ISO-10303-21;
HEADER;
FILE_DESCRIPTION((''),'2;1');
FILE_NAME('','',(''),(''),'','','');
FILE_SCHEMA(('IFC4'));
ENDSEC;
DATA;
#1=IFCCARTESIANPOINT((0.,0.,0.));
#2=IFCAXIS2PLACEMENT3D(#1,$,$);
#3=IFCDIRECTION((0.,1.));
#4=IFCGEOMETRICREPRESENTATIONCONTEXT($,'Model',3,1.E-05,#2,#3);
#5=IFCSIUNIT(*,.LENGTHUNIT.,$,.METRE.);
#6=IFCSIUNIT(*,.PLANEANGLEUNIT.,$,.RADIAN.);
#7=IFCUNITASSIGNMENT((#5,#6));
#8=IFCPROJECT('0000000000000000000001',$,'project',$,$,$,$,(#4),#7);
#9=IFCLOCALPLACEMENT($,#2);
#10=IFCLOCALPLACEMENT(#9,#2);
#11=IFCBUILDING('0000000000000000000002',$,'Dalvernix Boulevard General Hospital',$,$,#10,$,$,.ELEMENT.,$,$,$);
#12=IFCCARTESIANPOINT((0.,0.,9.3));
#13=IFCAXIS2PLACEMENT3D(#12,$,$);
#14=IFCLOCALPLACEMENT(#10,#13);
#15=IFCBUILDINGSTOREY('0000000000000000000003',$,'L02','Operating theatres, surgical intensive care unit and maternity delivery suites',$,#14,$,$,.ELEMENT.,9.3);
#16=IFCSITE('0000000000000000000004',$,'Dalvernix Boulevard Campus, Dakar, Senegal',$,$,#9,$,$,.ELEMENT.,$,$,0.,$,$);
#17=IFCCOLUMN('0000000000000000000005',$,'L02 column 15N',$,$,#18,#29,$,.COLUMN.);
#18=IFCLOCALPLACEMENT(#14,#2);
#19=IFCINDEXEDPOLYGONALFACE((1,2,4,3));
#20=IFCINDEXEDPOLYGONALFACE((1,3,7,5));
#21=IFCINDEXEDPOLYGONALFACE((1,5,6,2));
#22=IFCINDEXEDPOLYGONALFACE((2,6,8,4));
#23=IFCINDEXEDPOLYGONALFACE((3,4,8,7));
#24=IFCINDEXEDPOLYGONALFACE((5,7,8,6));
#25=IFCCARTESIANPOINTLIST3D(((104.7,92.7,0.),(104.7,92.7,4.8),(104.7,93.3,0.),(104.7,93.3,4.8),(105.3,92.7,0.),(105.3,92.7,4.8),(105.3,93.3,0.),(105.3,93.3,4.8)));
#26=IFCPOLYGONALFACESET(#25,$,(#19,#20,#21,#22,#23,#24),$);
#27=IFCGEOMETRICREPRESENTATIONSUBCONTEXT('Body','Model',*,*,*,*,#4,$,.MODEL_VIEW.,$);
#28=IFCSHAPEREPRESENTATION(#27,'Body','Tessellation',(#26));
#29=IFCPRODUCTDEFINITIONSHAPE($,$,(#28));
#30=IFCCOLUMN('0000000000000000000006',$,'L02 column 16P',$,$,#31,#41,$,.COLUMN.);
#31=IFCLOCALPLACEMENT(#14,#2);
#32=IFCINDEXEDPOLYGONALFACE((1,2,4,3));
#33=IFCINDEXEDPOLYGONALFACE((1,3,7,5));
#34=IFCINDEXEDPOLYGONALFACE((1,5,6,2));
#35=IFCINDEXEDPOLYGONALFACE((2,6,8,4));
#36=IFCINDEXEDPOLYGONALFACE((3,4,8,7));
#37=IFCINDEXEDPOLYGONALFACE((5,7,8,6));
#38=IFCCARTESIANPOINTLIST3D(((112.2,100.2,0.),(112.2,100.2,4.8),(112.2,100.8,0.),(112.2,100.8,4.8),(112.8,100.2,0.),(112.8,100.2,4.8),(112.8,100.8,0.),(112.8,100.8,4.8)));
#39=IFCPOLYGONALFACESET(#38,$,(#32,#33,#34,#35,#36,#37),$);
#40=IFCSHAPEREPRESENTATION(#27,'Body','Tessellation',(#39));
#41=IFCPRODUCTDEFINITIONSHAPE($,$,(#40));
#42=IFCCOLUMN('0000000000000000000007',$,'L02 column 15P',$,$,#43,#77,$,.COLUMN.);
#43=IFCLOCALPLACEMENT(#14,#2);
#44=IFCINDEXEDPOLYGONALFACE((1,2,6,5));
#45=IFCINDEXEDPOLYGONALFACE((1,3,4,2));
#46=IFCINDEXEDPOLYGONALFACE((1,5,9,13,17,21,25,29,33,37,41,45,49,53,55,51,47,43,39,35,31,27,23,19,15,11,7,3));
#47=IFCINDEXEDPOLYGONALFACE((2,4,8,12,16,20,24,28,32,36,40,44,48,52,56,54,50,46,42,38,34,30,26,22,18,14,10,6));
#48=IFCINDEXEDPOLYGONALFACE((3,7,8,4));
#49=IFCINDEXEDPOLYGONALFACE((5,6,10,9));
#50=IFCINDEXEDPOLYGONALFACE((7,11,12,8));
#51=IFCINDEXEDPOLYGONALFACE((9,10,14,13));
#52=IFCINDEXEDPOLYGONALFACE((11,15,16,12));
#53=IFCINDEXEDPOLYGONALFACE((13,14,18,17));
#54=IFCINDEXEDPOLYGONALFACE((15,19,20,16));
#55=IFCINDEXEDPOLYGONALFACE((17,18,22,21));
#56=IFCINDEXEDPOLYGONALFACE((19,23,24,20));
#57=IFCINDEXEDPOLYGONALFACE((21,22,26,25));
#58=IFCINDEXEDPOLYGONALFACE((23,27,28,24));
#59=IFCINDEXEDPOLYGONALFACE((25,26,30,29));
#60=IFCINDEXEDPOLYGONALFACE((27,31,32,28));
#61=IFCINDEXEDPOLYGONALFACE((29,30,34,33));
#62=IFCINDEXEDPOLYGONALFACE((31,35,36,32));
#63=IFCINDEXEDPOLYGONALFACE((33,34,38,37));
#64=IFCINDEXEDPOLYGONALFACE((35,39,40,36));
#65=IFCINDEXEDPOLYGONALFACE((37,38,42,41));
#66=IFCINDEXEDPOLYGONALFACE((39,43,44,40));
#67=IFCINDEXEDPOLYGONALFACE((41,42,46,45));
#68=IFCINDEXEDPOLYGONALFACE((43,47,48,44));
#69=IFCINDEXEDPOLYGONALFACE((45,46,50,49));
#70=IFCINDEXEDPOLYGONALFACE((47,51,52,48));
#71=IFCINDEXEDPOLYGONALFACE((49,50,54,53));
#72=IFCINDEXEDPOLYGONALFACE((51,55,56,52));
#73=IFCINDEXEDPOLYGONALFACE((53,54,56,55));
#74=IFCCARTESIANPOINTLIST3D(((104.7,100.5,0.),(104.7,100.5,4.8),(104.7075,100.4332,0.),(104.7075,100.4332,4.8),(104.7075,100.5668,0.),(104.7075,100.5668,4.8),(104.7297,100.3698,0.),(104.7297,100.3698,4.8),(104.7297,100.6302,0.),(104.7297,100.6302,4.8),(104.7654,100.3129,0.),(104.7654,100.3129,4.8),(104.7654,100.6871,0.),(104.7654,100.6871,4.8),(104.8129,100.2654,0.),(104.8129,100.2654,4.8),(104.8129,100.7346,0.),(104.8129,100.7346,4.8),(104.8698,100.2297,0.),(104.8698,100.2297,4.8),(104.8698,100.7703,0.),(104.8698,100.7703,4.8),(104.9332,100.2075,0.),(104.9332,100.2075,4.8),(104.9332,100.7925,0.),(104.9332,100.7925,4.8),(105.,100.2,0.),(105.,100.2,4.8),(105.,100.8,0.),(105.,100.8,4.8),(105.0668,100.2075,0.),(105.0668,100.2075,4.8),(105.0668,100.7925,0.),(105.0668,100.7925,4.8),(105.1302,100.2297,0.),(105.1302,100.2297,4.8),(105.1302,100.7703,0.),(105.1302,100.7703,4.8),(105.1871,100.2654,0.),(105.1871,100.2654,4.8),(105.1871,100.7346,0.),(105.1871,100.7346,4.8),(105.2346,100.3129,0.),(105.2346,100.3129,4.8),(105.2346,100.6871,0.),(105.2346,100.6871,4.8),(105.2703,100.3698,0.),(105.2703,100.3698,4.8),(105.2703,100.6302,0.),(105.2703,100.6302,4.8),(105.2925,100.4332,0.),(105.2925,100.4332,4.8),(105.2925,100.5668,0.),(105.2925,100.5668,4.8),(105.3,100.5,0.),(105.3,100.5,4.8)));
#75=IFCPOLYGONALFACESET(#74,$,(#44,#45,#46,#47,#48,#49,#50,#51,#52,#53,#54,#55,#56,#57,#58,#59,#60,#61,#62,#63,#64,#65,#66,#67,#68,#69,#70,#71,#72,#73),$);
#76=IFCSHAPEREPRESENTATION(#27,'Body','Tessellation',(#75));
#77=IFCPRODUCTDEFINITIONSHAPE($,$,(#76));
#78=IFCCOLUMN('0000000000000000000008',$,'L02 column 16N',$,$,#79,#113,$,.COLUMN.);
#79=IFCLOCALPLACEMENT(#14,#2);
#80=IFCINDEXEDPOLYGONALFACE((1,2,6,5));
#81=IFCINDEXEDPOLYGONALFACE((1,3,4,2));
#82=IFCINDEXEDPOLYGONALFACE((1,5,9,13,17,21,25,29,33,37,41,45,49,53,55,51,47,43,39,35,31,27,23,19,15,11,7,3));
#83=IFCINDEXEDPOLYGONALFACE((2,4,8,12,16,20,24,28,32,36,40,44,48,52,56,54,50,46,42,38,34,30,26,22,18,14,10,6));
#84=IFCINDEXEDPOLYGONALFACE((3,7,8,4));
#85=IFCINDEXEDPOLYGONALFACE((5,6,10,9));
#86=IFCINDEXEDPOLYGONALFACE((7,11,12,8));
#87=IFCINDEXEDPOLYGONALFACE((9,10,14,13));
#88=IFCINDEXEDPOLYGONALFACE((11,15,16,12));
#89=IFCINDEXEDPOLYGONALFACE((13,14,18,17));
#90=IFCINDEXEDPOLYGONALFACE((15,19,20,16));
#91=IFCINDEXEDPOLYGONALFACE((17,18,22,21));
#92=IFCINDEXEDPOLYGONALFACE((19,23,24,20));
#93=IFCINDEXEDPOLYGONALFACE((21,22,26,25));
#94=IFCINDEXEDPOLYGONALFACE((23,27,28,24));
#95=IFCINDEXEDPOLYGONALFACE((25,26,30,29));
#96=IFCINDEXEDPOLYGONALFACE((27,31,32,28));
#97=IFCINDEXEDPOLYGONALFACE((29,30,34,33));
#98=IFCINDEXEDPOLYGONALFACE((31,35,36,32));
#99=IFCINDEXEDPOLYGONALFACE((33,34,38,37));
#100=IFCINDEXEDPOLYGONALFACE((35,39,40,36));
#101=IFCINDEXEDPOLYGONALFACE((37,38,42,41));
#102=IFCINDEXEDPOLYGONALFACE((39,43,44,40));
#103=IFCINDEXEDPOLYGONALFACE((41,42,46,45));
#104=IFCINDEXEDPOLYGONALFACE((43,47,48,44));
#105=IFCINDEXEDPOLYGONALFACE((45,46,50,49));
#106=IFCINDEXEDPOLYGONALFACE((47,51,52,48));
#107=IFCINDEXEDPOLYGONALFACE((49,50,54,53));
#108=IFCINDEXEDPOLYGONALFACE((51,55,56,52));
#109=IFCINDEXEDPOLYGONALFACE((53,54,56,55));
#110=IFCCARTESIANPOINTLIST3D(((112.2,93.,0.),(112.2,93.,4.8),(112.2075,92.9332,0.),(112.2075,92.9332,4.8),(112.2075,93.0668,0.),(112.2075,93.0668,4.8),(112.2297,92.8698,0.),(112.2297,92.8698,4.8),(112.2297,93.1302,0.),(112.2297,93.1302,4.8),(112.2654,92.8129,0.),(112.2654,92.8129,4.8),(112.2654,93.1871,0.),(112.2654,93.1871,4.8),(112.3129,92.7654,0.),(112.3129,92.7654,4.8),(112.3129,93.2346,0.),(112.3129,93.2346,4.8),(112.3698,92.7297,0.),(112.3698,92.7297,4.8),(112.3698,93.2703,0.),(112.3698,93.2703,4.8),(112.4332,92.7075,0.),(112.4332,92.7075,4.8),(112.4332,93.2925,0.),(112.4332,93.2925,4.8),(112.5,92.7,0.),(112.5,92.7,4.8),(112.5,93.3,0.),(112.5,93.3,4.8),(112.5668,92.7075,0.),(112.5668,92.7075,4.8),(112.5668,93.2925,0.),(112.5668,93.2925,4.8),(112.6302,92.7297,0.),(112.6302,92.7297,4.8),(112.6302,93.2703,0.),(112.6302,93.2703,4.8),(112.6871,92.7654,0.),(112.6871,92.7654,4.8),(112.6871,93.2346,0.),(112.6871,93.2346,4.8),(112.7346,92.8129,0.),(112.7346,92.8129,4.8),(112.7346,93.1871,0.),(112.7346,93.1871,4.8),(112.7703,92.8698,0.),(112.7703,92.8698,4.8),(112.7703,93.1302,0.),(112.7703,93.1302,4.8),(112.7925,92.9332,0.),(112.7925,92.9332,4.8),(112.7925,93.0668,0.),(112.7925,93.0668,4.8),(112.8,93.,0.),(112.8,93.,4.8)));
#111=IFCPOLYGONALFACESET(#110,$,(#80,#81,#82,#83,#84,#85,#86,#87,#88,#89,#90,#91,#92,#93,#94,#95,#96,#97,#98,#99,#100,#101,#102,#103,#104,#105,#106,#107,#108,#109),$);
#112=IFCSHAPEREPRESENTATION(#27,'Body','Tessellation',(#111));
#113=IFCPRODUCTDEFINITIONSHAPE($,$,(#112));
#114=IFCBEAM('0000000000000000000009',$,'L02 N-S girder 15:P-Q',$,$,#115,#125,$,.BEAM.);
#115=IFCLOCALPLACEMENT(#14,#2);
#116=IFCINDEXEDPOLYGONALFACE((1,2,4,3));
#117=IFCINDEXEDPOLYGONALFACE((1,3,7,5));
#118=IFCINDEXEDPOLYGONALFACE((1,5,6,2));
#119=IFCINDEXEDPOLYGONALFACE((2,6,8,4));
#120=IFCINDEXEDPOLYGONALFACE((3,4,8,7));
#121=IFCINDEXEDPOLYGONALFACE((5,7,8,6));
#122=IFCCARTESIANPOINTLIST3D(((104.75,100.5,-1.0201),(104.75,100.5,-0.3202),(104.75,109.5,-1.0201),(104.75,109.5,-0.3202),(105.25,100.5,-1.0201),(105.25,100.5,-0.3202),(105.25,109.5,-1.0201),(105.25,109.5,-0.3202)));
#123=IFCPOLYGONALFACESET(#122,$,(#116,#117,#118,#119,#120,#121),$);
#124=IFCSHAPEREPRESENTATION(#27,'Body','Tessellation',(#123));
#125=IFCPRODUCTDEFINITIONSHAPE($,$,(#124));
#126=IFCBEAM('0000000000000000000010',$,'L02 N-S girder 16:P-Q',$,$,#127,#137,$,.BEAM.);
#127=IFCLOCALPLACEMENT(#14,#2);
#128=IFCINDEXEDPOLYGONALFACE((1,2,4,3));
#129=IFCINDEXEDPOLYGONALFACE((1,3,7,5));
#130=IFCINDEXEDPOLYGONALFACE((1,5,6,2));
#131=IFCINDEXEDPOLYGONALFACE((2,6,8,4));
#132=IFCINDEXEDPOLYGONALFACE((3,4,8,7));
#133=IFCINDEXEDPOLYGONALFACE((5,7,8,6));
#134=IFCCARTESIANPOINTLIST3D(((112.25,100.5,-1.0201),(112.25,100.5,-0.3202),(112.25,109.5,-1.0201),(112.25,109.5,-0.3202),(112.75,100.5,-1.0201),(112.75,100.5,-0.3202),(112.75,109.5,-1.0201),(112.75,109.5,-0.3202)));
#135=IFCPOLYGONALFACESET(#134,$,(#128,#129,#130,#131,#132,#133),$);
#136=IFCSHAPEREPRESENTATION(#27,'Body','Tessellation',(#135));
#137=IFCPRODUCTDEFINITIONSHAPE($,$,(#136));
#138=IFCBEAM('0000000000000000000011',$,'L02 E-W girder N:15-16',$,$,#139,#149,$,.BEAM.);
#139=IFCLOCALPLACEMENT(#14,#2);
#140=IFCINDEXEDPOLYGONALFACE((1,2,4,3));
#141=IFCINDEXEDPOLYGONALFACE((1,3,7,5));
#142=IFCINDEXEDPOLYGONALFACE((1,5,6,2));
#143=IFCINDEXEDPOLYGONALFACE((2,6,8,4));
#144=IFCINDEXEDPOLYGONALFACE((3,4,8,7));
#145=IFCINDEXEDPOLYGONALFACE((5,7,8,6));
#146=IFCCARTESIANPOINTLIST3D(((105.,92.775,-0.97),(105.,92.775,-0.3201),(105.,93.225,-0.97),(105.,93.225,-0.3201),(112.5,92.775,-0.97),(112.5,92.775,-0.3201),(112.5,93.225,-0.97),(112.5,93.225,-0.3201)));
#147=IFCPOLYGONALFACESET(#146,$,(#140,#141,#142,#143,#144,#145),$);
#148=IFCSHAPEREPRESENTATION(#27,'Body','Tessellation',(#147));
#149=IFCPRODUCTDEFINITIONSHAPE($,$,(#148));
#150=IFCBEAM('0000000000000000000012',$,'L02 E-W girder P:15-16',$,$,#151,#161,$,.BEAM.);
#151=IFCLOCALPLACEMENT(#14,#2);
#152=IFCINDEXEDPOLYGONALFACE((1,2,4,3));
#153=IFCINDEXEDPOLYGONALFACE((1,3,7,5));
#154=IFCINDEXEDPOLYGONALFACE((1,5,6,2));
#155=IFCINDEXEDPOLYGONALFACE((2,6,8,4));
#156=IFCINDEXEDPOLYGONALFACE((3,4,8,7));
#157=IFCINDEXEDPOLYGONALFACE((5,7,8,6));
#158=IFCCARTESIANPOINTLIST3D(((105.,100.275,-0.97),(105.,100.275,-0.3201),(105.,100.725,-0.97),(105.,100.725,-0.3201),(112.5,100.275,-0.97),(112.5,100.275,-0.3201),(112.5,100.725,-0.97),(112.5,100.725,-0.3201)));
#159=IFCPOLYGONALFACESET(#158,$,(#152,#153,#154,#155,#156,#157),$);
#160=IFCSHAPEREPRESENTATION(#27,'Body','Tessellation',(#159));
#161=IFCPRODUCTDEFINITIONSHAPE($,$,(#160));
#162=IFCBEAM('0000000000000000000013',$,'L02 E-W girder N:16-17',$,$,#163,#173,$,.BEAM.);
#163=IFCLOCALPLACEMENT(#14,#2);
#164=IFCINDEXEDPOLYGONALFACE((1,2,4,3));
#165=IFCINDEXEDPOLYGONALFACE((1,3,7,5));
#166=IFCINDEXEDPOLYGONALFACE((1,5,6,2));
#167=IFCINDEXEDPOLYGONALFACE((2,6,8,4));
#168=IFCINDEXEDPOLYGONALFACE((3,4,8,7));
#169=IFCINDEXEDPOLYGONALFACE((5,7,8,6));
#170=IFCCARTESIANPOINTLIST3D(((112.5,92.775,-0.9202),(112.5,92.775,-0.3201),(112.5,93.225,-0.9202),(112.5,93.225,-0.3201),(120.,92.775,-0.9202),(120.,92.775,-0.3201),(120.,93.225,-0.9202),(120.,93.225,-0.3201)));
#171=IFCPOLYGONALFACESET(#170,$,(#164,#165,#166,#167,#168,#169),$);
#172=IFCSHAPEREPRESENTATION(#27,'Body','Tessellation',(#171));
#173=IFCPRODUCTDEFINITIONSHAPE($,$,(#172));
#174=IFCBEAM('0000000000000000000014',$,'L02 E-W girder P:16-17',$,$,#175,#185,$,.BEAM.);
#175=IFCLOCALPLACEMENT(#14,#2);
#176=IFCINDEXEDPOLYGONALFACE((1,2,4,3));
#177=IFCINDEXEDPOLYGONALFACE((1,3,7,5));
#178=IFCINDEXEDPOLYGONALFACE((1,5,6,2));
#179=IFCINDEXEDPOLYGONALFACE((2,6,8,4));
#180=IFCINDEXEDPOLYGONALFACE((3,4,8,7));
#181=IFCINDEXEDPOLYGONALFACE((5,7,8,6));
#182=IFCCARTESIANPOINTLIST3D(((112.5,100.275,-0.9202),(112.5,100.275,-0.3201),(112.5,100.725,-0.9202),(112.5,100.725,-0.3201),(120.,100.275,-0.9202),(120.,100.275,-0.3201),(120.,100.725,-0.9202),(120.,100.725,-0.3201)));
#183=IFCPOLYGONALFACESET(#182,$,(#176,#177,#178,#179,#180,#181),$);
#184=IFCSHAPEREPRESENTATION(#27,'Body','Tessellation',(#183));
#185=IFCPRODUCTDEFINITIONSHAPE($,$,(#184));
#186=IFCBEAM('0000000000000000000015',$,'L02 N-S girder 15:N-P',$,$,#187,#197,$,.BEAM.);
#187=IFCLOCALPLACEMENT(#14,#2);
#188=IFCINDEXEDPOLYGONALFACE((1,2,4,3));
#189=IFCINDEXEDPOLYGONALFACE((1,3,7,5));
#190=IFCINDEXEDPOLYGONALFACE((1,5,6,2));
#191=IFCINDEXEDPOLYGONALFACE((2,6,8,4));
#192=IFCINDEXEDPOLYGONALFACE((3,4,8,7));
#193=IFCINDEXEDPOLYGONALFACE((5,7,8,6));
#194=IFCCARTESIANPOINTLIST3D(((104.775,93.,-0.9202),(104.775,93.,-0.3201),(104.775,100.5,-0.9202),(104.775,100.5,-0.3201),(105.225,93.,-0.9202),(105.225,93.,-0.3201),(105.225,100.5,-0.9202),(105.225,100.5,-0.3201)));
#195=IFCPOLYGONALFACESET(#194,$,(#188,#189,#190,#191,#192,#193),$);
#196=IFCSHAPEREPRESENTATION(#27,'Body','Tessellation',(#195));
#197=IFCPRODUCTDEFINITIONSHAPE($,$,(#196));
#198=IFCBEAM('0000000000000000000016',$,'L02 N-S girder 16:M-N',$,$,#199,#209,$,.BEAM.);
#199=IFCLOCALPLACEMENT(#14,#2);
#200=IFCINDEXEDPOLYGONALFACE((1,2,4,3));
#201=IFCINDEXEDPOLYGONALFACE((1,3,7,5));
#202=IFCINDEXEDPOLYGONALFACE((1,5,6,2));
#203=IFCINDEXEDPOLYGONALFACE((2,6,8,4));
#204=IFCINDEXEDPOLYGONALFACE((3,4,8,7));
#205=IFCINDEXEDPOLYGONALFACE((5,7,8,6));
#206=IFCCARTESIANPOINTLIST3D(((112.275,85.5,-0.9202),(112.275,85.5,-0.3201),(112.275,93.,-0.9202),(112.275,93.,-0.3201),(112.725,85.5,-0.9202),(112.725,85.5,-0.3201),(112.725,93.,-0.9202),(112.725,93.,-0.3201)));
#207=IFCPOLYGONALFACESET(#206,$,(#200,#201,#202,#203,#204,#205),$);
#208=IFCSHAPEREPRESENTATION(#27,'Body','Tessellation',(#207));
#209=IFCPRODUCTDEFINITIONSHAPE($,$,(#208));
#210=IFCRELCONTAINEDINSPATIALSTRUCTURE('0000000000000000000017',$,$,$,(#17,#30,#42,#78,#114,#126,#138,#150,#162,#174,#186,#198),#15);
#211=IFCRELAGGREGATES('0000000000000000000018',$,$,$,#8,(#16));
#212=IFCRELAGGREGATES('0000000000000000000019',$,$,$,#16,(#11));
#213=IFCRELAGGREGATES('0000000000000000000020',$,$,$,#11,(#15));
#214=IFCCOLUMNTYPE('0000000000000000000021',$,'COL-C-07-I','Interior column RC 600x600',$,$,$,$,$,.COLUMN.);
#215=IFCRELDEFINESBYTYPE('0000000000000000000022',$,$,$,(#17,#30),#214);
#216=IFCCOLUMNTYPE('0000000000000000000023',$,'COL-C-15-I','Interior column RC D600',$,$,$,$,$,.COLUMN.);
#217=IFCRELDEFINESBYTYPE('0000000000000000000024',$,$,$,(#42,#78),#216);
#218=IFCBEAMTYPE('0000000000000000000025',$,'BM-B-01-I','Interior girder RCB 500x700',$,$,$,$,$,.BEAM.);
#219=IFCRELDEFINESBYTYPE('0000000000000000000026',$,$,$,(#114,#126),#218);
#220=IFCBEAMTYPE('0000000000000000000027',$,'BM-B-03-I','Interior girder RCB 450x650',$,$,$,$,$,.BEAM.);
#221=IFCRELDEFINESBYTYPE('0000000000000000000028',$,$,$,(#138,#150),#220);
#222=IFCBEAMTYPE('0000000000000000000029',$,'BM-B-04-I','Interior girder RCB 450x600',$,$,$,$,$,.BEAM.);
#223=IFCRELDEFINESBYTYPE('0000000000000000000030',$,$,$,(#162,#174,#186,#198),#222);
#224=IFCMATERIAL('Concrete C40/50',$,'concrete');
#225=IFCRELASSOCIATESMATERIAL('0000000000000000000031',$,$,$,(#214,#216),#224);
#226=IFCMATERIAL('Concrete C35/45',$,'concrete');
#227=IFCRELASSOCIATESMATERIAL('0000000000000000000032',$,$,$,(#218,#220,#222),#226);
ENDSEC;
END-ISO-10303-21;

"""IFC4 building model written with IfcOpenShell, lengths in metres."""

from ifc_helpers import new_model, si_unit, direction, frame, origin, origin_2d, place, context, subcontext, project, spatial, rectangle, circle, extrude, material, material_profile, profile_set, type_object, element, save


model = new_model("IFC4")

# Units and contexts
model_context = context("Model", 3, precision=1e-05, world=origin(), true_north=direction((0.0, 1.0)))
body_context = subcontext(model_context, "Body", "Model", "MODEL_VIEW")
ifc_project = project(units=[si_unit("LENGTHUNIT", "METRE"), si_unit("PLANEANGLEUNIT", "RADIAN")], contexts=[model_context])

# Site, building, storey
site_placement = place(None, origin())
site = spatial("IfcSite", under=ifc_project, at=site_placement, Name="Dalvernix Boulevard Campus, Dakar, Senegal", CompositionType="ELEMENT", RefElevation=0.0)
building_placement = place(site_placement, origin())
building = spatial("IfcBuilding", under=site, at=building_placement, Name="Dalvernix Boulevard General Hospital", CompositionType="ELEMENT")
storey_placement = place(building_placement, frame((0.0, 0.0, 9.3)))
storey = spatial("IfcBuildingStorey", under=building, at=storey_placement, Name="L02", Description="Operating theatres, surgical intensive care unit and maternity delivery suites", CompositionType="ELEMENT", Elevation=9.3)

# Columns
ifc_material_1 = material(Name="Concrete C40/50", Category="concrete")
ifc_material_profile_1 = material_profile(ifc_material_1, rectangle(XDim=0.6001, YDim=0.6001, at=origin_2d()), Name="RC 600x600")
ifc_profile_set_1 = profile_set([ifc_material_profile_1], Name="Concrete C40/50")
column_type_1 = type_object("IfcColumnType", Name="COL-C-07-I", Description="Interior column RC 600x600", PredefinedType="COLUMN", material=ifc_profile_set_1)
for number, where, z_axis, x_axis, name in (
    (1, (105.0, 93.0, 0.0), (0.0, 0.0, 1.0), (1.0, 0.0, 0.0), "L02 column 15N"),
    (2, (112.5, 100.5, 0.0), (0.0, 0.0, 1.0), (1.0, 0.0, 0.0), "L02 column 16P"),
):
    element("IfcColumn", number, at=place(storey_placement, frame(where, z_axis=z_axis, x_axis=x_axis)), inside=storey, type_object=column_type_1, Name=name, PredefinedType="COLUMN", context=body_context, shape_type="SweptSolid", body=[
        extrude(rectangle(XDim=0.6001, YDim=0.6001, at=origin_2d()), origin(), (0.0, 0.0, 1.0), 4.8),
    ])
ifc_material_profile_2 = material_profile(ifc_material_1, circle(Radius=0.3, at=origin_2d()), Name="RC D600")
ifc_profile_set_2 = profile_set([ifc_material_profile_2], Name="Concrete C40/50")
column_type_2 = type_object("IfcColumnType", Name="COL-C-15-I", Description="Interior column RC D600", PredefinedType="COLUMN", material=ifc_profile_set_2)
for number, where, z_axis, x_axis, name in (
    (3, (105.0, 100.5, 0.0), (0.0, 0.0, 1.0), (1.0, 0.0, 0.0), "L02 column 15P"),
    (4, (112.5, 93.0, 0.0), (0.0, 0.0, 1.0), (1.0, 0.0, 0.0), "L02 column 16N"),
):
    element("IfcColumn", number, at=place(storey_placement, frame(where, z_axis=z_axis, x_axis=x_axis)), inside=storey, type_object=column_type_2, Name=name, PredefinedType="COLUMN", context=body_context, shape_type="SweptSolid", body=[
        extrude(circle(Radius=0.3, at=origin_2d()), origin(), (0.0, 0.0, 1.0), 4.8),
    ])

# Beams
ifc_material_2 = material(Name="Concrete C35/45", Category="concrete")
ifc_material_profile_3 = material_profile(ifc_material_2, rectangle(XDim=0.5, YDim=0.7, at=origin_2d()), Name="RCB 500x700")
ifc_profile_set_3 = profile_set([ifc_material_profile_3], Name="Concrete C35/45")
beam_type_1 = type_object("IfcBeamType", Name="BM-B-01-I", Description="Interior girder RCB 500x700", PredefinedType="BEAM", material=ifc_profile_set_3)
for number, where, z_axis, x_axis, name in (
    (5, (105.0, 100.5, -0.6702), (0.0, 1.0, 0.0), (-1.0, 0.0, 0.0), "L02 N-S girder 15:P-Q"),
    (6, (112.5, 100.5, -0.6702), (0.0, 1.0, 0.0), (-1.0, 0.0, 0.0), "L02 N-S girder 16:P-Q"),
):
    element("IfcBeam", number, at=place(storey_placement, frame(where, z_axis=z_axis, x_axis=x_axis)), inside=storey, type_object=beam_type_1, Name=name, PredefinedType="BEAM", context=body_context, shape_type="SweptSolid", body=[
        extrude(rectangle(XDim=0.5, YDim=0.7, at=origin_2d()), origin(), (0.0, 0.0, 1.0), 9.0),
    ])
ifc_material_profile_4 = material_profile(ifc_material_2, rectangle(XDim=0.45, YDim=0.6499, at=origin_2d()), Name="RCB 450x650")
ifc_profile_set_4 = profile_set([ifc_material_profile_4], Name="Concrete C35/45")
beam_type_2 = type_object("IfcBeamType", Name="BM-B-03-I", Description="Interior girder RCB 450x650", PredefinedType="BEAM", material=ifc_profile_set_4)
for number, where, z_axis, x_axis, name in (
    (7, (105.0, 93.0, -0.645), (1.0, 0.0, 0.0), (0.0, 1.0, 0.0), "L02 E-W girder N:15-16"),
    (8, (105.0, 100.5, -0.645), (1.0, 0.0, 0.0), (0.0, 1.0, 0.0), "L02 E-W girder P:15-16"),
):
    element("IfcBeam", number, at=place(storey_placement, frame(where, z_axis=z_axis, x_axis=x_axis)), inside=storey, type_object=beam_type_2, Name=name, PredefinedType="BEAM", context=body_context, shape_type="SweptSolid", body=[
        extrude(rectangle(XDim=0.45, YDim=0.6499, at=origin_2d()), origin(), (0.0, 0.0, 1.0), 7.5),
    ])
ifc_material_profile_5 = material_profile(ifc_material_2, rectangle(XDim=0.45, YDim=0.6001, at=origin_2d()), Name="RCB 450x600")
ifc_profile_set_5 = profile_set([ifc_material_profile_5], Name="Concrete C35/45")
beam_type_3 = type_object("IfcBeamType", Name="BM-B-04-I", Description="Interior girder RCB 450x600", PredefinedType="BEAM", material=ifc_profile_set_5)
for number, where, z_axis, x_axis, name in (
    (9, (112.5, 93.0, -0.6201), (1.0, 0.0, 0.0), (0.0, 1.0, 0.0), "L02 E-W girder N:16-17"),
    (10, (112.5, 100.5, -0.6201), (1.0, 0.0, 0.0), (0.0, 1.0, 0.0), "L02 E-W girder P:16-17"),
    (11, (105.0, 93.0, -0.6201), (0.0, 1.0, 0.0), (-1.0, 0.0, 0.0), "L02 N-S girder 15:N-P"),
    (12, (112.5, 85.5, -0.6201), (0.0, 1.0, 0.0), (-1.0, 0.0, 0.0), "L02 N-S girder 16:M-N"),
):
    element("IfcBeam", number, at=place(storey_placement, frame(where, z_axis=z_axis, x_axis=x_axis)), inside=storey, type_object=beam_type_3, Name=name, PredefinedType="BEAM", context=body_context, shape_type="SweptSolid", body=[
        extrude(rectangle(XDim=0.45, YDim=0.6001, at=origin_2d()), origin(), (0.0, 0.0, 1.0), 7.5),
    ])

save(model, "model.ifc")
